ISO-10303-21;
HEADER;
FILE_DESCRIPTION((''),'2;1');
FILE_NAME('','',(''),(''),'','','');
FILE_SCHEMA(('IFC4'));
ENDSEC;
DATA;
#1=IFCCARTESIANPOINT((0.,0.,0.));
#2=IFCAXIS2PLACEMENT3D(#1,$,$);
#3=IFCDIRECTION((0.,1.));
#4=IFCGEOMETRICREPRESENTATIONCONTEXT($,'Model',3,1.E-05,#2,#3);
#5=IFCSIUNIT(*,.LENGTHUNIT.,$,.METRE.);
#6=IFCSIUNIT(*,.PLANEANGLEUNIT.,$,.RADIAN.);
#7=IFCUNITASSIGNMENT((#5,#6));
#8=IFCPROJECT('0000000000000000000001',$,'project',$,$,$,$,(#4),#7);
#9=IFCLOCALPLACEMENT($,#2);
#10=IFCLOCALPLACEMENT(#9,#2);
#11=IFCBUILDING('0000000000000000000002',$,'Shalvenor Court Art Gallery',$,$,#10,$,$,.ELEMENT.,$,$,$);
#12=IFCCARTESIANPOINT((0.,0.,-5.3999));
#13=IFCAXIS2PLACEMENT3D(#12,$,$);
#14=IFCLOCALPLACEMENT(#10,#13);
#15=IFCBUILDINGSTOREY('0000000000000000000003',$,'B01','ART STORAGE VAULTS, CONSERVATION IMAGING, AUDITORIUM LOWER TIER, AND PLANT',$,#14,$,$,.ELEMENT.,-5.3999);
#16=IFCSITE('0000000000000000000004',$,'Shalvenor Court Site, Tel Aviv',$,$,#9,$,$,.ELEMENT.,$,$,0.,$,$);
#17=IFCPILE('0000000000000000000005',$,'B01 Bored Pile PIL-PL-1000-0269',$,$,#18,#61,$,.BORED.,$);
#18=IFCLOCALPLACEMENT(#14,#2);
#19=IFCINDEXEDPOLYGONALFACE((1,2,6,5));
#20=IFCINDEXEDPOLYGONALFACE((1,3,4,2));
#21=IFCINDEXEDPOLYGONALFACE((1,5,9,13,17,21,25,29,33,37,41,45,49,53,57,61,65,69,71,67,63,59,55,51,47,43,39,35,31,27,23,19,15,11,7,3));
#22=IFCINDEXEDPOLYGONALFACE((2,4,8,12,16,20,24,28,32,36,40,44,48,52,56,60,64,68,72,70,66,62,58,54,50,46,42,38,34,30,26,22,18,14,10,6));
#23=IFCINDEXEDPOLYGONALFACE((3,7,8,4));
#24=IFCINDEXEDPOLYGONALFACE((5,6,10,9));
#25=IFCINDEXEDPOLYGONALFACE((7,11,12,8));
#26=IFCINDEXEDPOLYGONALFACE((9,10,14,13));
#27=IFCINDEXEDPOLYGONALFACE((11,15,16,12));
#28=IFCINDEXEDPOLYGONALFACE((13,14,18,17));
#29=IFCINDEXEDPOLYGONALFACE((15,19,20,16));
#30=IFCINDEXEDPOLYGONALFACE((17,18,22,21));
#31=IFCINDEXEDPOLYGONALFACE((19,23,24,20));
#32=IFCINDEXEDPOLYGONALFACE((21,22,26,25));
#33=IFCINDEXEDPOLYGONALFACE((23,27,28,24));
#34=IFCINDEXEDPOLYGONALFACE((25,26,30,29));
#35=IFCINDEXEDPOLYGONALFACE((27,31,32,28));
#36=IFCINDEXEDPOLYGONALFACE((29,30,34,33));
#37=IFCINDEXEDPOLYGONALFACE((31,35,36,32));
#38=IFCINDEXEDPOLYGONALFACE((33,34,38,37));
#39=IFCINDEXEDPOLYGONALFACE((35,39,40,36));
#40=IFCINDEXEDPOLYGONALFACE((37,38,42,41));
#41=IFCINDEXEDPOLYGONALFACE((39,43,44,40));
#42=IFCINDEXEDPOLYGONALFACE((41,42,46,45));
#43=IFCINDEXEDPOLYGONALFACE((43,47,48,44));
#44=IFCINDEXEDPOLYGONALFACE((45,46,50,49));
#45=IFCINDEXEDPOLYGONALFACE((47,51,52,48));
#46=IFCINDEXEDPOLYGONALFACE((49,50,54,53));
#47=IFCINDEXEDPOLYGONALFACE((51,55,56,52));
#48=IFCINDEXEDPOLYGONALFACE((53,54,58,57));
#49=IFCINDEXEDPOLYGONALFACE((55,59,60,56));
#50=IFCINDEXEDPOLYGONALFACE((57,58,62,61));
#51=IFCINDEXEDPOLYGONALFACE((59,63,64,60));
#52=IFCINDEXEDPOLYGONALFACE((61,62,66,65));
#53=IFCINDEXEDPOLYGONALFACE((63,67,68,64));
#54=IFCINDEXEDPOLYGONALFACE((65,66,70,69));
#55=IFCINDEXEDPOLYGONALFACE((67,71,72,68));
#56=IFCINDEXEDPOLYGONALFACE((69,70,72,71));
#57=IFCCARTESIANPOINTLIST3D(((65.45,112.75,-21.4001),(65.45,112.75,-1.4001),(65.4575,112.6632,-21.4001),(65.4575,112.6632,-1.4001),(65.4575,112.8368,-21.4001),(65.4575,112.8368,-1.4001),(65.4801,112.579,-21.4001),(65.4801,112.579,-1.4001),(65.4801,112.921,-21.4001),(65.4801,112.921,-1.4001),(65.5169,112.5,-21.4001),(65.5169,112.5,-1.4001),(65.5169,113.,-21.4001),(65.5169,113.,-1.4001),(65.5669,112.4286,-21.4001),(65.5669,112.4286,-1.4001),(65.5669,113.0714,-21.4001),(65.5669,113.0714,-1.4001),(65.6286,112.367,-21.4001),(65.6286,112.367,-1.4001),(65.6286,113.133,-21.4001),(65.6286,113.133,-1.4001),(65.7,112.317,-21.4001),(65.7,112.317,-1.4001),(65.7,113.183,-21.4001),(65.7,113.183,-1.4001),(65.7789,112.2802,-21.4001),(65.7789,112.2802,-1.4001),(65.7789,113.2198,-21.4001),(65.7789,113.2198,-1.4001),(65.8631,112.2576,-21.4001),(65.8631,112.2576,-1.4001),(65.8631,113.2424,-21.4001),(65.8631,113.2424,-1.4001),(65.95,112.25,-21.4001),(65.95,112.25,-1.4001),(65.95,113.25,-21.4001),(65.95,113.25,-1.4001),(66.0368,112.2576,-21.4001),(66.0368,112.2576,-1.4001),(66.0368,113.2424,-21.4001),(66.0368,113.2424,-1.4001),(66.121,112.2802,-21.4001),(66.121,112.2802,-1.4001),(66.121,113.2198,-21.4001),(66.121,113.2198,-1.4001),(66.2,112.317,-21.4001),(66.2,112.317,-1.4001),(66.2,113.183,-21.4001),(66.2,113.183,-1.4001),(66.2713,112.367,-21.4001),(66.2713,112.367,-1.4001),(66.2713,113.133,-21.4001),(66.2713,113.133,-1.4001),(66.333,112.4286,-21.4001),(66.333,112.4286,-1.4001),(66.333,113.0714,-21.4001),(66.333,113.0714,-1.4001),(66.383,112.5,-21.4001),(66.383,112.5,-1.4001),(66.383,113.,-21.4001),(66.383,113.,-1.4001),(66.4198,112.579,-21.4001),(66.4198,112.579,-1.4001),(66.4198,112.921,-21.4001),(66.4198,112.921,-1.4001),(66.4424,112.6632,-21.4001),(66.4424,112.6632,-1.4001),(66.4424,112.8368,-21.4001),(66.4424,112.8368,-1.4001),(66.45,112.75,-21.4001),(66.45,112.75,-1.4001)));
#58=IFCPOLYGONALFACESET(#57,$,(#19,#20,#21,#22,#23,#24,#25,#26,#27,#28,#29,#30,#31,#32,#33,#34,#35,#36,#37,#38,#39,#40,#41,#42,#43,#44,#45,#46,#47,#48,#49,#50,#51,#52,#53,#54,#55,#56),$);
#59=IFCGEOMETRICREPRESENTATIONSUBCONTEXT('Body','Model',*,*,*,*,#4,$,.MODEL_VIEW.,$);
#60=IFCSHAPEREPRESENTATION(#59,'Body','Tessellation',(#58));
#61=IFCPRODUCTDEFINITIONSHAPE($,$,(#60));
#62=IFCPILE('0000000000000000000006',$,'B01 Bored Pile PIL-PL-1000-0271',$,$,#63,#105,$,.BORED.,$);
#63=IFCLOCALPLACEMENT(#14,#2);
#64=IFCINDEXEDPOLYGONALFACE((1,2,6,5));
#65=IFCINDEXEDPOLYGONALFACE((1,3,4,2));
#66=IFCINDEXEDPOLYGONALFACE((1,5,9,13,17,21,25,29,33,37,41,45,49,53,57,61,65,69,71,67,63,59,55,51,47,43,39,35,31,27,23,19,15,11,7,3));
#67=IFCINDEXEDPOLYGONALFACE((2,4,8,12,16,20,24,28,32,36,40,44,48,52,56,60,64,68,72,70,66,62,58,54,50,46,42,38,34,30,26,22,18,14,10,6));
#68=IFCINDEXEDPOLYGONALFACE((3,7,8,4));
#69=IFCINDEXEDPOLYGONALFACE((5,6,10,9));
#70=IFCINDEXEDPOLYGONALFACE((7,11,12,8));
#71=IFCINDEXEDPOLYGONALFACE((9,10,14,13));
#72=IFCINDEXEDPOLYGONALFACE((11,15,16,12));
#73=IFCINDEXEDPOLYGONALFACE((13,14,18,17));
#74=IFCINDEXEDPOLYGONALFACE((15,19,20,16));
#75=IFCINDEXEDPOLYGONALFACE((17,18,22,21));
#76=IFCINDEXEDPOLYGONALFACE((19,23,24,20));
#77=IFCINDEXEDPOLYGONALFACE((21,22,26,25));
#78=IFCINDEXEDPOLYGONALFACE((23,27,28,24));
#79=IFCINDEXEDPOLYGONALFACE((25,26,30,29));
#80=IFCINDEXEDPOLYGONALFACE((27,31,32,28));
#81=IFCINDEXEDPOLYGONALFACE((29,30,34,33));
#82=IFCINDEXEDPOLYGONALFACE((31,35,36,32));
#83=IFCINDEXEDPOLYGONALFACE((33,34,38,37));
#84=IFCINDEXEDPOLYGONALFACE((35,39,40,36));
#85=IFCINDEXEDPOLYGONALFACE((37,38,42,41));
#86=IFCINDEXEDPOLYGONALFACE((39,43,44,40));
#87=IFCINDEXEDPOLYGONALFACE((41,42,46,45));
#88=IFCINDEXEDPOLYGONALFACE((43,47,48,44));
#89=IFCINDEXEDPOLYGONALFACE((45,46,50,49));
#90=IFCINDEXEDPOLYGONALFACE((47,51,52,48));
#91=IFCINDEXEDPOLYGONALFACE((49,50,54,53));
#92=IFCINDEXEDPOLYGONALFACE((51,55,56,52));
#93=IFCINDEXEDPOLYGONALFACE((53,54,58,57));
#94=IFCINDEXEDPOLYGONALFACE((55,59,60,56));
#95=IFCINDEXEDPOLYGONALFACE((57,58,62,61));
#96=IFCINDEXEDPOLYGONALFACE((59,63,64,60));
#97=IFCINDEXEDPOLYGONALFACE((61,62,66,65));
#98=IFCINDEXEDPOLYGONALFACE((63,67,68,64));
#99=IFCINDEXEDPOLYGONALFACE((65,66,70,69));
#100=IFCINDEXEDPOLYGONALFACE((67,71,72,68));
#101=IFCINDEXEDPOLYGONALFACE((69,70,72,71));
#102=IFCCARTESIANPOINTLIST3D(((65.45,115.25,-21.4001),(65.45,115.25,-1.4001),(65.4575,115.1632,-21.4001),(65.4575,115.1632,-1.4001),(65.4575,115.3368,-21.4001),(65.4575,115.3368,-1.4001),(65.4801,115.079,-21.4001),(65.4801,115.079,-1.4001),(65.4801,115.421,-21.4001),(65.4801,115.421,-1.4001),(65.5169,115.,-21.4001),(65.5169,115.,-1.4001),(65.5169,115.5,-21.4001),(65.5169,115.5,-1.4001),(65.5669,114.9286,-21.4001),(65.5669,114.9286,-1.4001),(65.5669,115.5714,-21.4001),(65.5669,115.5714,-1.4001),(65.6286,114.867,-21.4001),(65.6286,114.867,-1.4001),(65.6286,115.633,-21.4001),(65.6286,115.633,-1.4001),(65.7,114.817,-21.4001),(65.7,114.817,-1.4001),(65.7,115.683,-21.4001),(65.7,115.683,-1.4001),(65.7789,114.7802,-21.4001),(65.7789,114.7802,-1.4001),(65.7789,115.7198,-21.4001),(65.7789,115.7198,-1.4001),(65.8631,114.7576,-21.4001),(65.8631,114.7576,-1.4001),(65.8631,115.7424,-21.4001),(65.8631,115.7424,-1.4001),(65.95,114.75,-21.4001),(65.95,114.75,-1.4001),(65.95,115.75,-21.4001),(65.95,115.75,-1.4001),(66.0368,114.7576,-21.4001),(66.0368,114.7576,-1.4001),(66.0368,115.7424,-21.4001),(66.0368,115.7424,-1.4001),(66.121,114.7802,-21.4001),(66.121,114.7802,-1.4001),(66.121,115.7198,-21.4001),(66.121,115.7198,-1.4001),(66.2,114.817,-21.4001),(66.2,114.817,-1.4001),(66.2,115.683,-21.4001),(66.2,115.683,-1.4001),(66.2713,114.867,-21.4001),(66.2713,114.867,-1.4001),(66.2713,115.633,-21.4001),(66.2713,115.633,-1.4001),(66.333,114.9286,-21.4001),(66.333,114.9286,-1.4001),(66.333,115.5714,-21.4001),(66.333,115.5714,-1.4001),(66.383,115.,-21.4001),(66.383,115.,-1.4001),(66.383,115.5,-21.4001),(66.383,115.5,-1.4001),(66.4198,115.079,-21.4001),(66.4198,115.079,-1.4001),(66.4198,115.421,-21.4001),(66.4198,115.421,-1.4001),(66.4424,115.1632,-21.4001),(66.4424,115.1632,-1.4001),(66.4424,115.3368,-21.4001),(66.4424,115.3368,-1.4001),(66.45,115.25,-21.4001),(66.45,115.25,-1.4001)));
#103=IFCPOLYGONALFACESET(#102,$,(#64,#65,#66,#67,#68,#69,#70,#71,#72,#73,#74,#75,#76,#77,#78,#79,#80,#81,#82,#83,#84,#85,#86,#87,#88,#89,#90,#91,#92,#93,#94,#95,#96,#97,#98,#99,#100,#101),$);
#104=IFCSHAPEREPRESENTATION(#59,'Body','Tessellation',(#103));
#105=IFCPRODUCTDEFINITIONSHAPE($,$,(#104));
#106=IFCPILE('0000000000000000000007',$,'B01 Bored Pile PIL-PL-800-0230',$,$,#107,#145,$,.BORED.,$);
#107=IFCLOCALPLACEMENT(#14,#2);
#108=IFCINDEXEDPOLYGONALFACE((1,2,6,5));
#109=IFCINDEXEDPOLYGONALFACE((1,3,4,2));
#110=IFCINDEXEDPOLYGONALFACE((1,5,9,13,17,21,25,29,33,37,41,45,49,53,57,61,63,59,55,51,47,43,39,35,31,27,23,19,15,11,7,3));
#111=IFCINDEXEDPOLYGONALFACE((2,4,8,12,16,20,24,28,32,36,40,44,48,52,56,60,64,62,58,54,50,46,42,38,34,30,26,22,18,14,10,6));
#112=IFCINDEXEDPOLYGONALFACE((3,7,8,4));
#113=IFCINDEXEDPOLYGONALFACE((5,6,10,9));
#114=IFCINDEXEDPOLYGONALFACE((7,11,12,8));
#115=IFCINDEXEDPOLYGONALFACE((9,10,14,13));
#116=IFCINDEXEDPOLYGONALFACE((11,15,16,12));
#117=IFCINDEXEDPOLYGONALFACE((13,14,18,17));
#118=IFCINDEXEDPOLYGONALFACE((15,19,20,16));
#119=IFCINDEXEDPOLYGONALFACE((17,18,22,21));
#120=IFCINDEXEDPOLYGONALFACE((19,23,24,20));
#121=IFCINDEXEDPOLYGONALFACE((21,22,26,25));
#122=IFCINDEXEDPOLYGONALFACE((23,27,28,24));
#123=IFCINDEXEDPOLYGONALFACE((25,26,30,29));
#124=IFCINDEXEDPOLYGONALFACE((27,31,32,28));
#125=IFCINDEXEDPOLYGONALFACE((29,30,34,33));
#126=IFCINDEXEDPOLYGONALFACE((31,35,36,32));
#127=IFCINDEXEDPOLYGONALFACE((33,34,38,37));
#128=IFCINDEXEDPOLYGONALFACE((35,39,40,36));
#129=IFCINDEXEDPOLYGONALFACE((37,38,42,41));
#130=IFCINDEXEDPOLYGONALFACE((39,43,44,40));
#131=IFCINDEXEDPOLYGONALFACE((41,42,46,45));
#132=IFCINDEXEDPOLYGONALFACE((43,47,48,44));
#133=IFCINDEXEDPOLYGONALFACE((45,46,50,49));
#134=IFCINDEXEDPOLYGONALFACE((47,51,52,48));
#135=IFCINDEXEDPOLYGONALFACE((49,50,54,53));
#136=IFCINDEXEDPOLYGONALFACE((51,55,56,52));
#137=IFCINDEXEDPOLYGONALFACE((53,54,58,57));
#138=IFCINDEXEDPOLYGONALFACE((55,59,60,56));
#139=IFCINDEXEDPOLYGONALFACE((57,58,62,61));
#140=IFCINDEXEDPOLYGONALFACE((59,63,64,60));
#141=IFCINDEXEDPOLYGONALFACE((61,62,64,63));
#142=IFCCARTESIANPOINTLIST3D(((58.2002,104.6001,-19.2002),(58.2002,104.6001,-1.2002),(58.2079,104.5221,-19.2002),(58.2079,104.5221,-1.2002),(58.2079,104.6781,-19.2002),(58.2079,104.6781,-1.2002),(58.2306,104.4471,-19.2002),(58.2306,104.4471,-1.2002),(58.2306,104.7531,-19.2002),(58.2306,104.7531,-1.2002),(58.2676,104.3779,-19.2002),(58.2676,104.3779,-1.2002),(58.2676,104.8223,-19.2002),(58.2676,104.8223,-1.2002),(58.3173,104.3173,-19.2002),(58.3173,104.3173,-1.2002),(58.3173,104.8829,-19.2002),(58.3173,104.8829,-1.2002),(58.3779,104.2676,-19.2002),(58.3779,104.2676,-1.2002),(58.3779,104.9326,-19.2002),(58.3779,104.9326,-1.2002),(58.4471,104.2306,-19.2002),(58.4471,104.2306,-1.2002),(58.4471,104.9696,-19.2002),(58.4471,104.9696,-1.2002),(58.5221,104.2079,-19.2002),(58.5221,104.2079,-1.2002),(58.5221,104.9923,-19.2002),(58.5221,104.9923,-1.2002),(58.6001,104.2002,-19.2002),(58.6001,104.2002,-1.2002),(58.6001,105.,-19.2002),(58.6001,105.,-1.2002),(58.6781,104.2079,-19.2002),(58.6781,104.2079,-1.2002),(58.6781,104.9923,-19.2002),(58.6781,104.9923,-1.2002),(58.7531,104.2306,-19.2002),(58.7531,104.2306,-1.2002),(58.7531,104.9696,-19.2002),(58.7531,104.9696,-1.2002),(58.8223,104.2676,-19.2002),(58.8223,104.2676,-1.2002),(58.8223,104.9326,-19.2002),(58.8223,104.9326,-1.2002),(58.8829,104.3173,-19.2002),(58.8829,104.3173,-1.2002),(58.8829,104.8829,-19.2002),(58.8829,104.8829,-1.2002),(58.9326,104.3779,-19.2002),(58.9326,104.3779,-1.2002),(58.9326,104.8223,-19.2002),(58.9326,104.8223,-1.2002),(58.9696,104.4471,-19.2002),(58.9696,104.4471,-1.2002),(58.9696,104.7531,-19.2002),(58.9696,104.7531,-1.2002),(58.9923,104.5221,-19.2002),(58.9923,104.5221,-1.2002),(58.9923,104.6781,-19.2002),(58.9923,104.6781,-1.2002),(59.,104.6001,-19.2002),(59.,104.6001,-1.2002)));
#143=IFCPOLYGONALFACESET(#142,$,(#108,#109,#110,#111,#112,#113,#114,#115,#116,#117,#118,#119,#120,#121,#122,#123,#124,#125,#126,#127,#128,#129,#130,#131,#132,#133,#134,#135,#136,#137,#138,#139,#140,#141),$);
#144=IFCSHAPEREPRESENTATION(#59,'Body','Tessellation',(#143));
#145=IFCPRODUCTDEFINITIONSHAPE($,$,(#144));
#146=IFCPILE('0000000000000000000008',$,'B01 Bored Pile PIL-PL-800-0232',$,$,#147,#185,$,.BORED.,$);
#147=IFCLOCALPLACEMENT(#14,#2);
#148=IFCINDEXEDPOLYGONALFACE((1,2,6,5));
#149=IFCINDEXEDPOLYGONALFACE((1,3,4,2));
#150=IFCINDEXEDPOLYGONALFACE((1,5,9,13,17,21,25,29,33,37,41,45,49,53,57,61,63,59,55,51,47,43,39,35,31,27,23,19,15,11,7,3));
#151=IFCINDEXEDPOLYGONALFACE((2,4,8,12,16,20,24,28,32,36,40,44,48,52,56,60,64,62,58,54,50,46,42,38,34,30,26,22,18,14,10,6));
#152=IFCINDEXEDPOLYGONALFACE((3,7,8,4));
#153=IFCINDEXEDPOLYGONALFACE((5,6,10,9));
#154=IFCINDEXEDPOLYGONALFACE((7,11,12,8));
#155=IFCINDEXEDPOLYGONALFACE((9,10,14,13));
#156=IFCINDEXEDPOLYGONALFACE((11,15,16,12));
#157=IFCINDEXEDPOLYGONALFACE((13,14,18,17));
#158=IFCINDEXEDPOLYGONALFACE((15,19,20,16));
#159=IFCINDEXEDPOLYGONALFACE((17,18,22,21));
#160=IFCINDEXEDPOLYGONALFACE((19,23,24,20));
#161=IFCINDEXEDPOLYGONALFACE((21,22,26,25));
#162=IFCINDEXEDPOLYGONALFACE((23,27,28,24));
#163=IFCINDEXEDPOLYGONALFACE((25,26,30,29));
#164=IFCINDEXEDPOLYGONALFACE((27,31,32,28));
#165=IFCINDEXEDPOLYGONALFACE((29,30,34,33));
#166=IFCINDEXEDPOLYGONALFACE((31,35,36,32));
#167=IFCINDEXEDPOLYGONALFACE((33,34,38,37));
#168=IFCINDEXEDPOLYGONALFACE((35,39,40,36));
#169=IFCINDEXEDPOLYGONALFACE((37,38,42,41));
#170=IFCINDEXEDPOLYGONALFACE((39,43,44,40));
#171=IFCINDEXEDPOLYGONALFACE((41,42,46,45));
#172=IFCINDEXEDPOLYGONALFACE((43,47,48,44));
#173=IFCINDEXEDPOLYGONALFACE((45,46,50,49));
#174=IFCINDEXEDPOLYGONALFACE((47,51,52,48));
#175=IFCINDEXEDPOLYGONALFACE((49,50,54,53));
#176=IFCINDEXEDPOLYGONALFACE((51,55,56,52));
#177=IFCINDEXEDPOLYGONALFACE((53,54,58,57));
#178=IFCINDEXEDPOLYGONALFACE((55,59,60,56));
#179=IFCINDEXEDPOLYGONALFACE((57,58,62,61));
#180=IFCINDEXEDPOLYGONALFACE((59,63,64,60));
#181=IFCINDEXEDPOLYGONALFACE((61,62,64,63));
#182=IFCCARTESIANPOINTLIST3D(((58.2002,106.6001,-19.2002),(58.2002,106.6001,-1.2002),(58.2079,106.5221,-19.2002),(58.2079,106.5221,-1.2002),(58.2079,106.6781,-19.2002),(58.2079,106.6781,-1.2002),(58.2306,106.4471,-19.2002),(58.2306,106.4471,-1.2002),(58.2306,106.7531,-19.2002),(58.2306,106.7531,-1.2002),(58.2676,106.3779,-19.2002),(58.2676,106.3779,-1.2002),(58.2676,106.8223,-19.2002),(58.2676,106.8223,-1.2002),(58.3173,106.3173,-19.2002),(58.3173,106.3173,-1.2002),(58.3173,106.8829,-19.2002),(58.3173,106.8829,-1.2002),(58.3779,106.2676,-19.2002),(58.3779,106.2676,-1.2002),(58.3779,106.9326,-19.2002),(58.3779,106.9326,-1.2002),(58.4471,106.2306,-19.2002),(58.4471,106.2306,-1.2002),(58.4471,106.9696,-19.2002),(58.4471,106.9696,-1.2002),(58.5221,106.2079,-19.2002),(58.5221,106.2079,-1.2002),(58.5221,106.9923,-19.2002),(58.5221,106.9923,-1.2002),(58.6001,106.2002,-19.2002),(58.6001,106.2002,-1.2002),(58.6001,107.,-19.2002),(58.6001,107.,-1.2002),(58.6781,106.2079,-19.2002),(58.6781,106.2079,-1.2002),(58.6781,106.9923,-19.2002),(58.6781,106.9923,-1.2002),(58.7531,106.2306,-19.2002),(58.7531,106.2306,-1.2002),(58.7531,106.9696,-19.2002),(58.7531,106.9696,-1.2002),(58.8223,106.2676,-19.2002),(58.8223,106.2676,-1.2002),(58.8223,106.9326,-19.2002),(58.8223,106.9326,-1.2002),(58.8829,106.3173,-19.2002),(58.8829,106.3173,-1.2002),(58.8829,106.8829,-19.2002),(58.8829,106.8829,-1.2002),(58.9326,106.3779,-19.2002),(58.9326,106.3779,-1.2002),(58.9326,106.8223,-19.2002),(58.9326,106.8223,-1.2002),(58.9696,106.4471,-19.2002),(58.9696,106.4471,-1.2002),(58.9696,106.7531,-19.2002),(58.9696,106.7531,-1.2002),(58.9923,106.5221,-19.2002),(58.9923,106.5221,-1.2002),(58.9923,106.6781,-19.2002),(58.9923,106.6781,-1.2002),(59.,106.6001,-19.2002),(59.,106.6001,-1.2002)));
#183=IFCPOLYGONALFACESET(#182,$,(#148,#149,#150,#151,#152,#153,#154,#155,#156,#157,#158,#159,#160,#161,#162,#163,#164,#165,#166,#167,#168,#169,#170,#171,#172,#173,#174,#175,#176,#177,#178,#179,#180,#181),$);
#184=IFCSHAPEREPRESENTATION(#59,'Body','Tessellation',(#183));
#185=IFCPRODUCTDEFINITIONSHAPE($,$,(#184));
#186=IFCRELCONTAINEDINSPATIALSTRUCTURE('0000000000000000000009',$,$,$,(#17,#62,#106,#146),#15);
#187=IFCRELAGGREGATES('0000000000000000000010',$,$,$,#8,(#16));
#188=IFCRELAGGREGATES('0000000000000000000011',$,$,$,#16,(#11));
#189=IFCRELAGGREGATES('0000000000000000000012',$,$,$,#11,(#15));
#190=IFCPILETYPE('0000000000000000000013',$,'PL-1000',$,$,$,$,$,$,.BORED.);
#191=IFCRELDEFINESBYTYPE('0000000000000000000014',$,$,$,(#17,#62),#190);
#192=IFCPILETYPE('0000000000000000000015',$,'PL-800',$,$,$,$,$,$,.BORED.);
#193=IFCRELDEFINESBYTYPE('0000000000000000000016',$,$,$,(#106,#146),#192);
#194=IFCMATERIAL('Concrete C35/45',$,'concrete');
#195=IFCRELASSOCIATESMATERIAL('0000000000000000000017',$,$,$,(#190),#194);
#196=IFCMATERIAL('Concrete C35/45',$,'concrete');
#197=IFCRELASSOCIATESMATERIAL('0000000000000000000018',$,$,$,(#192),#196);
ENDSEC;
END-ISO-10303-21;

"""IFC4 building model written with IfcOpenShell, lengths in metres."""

from ifc_helpers import new_model, si_unit, direction, frame, origin, origin_2d, place, context, subcontext, project, spatial, circle, extrude, material, material_profile, profile_set, type_object, element, save


model = new_model("IFC4")

# Units and contexts
model_context = context("Model", 3, precision=1e-05, world=origin(), true_north=direction((0.0, 1.0)))
body_context = subcontext(model_context, "Body", "Model", "MODEL_VIEW")
ifc_project = project(units=[si_unit("LENGTHUNIT", "METRE"), si_unit("PLANEANGLEUNIT", "RADIAN")], contexts=[model_context])

# Site, building, storey
site_placement = place(None, origin())
site = spatial("IfcSite", under=ifc_project, at=site_placement, Name="Shalvenor Court Site, Tel Aviv", CompositionType="ELEMENT", RefElevation=0.0)
building_placement = place(site_placement, origin())
building = spatial("IfcBuilding", under=site, at=building_placement, Name="Shalvenor Court Art Gallery", CompositionType="ELEMENT")
storey_placement = place(building_placement, frame((0.0, 0.0, -5.3999)))
storey = spatial("IfcBuildingStorey", under=building, at=storey_placement, Name="B01", Description="ART STORAGE VAULTS, CONSERVATION IMAGING, AUDITORIUM LOWER TIER, AND PLANT", CompositionType="ELEMENT", Elevation=-5.3999)

# Piles
ifc_material_1 = material(Name="Concrete C35/45", Category="concrete")
ifc_material_profile_1 = material_profile(ifc_material_1, circle(Radius=0.5, at=origin_2d()), Name="PILE 1000")
ifc_profile_set_1 = profile_set([ifc_material_profile_1], Name="Concrete C35/45")
pile_type_1 = type_object("IfcPileType", Name="PL-1000", PredefinedType="BORED", material=ifc_profile_set_1)
for number, where, z_axis, x_axis, name in (
    (1, (65.95, 112.75, -1.4001), (0.0, 0.0, -1.0), (1.0, 0.0, 0.0), "B01 Bored Pile PIL-PL-1000-0269"),
    (2, (65.95, 115.25, -1.4001), (0.0, 0.0, -1.0), (1.0, 0.0, 0.0), "B01 Bored Pile PIL-PL-1000-0271"),
):
    element("IfcPile", number, at=place(storey_placement, frame(where, z_axis=z_axis, x_axis=x_axis)), inside=storey, type_object=pile_type_1, Name=name, PredefinedType="BORED", context=body_context, shape_type="SweptSolid", body=[
        extrude(circle(Radius=0.5, at=origin_2d()), origin(), (0.0, 0.0, 1.0), 20.0),
    ])
ifc_material_2 = material(Name="Concrete C35/45", Category="concrete")
ifc_material_profile_2 = material_profile(ifc_material_2, circle(Radius=0.3999, at=origin_2d()), Name="PILE 800")
ifc_profile_set_2 = profile_set([ifc_material_profile_2], Name="Concrete C35/45")
pile_type_2 = type_object("IfcPileType", Name="PL-800", PredefinedType="BORED", material=ifc_profile_set_2)
for number, where, z_axis, x_axis, name in (
    (3, (58.6001, 104.6001, -1.2002), (0.0, 0.0, -1.0), (1.0, 0.0, 0.0), "B01 Bored Pile PIL-PL-800-0230"),
    (4, (58.6001, 106.6001, -1.2002), (0.0, 0.0, -1.0), (1.0, 0.0, 0.0), "B01 Bored Pile PIL-PL-800-0232"),
):
    element("IfcPile", number, at=place(storey_placement, frame(where, z_axis=z_axis, x_axis=x_axis)), inside=storey, type_object=pile_type_2, Name=name, PredefinedType="BORED", context=body_context, shape_type="SweptSolid", body=[
        extrude(circle(Radius=0.3999, at=origin_2d()), origin(), (0.0, 0.0, 1.0), 18.0),
    ])

save(model, "model.ifc")
